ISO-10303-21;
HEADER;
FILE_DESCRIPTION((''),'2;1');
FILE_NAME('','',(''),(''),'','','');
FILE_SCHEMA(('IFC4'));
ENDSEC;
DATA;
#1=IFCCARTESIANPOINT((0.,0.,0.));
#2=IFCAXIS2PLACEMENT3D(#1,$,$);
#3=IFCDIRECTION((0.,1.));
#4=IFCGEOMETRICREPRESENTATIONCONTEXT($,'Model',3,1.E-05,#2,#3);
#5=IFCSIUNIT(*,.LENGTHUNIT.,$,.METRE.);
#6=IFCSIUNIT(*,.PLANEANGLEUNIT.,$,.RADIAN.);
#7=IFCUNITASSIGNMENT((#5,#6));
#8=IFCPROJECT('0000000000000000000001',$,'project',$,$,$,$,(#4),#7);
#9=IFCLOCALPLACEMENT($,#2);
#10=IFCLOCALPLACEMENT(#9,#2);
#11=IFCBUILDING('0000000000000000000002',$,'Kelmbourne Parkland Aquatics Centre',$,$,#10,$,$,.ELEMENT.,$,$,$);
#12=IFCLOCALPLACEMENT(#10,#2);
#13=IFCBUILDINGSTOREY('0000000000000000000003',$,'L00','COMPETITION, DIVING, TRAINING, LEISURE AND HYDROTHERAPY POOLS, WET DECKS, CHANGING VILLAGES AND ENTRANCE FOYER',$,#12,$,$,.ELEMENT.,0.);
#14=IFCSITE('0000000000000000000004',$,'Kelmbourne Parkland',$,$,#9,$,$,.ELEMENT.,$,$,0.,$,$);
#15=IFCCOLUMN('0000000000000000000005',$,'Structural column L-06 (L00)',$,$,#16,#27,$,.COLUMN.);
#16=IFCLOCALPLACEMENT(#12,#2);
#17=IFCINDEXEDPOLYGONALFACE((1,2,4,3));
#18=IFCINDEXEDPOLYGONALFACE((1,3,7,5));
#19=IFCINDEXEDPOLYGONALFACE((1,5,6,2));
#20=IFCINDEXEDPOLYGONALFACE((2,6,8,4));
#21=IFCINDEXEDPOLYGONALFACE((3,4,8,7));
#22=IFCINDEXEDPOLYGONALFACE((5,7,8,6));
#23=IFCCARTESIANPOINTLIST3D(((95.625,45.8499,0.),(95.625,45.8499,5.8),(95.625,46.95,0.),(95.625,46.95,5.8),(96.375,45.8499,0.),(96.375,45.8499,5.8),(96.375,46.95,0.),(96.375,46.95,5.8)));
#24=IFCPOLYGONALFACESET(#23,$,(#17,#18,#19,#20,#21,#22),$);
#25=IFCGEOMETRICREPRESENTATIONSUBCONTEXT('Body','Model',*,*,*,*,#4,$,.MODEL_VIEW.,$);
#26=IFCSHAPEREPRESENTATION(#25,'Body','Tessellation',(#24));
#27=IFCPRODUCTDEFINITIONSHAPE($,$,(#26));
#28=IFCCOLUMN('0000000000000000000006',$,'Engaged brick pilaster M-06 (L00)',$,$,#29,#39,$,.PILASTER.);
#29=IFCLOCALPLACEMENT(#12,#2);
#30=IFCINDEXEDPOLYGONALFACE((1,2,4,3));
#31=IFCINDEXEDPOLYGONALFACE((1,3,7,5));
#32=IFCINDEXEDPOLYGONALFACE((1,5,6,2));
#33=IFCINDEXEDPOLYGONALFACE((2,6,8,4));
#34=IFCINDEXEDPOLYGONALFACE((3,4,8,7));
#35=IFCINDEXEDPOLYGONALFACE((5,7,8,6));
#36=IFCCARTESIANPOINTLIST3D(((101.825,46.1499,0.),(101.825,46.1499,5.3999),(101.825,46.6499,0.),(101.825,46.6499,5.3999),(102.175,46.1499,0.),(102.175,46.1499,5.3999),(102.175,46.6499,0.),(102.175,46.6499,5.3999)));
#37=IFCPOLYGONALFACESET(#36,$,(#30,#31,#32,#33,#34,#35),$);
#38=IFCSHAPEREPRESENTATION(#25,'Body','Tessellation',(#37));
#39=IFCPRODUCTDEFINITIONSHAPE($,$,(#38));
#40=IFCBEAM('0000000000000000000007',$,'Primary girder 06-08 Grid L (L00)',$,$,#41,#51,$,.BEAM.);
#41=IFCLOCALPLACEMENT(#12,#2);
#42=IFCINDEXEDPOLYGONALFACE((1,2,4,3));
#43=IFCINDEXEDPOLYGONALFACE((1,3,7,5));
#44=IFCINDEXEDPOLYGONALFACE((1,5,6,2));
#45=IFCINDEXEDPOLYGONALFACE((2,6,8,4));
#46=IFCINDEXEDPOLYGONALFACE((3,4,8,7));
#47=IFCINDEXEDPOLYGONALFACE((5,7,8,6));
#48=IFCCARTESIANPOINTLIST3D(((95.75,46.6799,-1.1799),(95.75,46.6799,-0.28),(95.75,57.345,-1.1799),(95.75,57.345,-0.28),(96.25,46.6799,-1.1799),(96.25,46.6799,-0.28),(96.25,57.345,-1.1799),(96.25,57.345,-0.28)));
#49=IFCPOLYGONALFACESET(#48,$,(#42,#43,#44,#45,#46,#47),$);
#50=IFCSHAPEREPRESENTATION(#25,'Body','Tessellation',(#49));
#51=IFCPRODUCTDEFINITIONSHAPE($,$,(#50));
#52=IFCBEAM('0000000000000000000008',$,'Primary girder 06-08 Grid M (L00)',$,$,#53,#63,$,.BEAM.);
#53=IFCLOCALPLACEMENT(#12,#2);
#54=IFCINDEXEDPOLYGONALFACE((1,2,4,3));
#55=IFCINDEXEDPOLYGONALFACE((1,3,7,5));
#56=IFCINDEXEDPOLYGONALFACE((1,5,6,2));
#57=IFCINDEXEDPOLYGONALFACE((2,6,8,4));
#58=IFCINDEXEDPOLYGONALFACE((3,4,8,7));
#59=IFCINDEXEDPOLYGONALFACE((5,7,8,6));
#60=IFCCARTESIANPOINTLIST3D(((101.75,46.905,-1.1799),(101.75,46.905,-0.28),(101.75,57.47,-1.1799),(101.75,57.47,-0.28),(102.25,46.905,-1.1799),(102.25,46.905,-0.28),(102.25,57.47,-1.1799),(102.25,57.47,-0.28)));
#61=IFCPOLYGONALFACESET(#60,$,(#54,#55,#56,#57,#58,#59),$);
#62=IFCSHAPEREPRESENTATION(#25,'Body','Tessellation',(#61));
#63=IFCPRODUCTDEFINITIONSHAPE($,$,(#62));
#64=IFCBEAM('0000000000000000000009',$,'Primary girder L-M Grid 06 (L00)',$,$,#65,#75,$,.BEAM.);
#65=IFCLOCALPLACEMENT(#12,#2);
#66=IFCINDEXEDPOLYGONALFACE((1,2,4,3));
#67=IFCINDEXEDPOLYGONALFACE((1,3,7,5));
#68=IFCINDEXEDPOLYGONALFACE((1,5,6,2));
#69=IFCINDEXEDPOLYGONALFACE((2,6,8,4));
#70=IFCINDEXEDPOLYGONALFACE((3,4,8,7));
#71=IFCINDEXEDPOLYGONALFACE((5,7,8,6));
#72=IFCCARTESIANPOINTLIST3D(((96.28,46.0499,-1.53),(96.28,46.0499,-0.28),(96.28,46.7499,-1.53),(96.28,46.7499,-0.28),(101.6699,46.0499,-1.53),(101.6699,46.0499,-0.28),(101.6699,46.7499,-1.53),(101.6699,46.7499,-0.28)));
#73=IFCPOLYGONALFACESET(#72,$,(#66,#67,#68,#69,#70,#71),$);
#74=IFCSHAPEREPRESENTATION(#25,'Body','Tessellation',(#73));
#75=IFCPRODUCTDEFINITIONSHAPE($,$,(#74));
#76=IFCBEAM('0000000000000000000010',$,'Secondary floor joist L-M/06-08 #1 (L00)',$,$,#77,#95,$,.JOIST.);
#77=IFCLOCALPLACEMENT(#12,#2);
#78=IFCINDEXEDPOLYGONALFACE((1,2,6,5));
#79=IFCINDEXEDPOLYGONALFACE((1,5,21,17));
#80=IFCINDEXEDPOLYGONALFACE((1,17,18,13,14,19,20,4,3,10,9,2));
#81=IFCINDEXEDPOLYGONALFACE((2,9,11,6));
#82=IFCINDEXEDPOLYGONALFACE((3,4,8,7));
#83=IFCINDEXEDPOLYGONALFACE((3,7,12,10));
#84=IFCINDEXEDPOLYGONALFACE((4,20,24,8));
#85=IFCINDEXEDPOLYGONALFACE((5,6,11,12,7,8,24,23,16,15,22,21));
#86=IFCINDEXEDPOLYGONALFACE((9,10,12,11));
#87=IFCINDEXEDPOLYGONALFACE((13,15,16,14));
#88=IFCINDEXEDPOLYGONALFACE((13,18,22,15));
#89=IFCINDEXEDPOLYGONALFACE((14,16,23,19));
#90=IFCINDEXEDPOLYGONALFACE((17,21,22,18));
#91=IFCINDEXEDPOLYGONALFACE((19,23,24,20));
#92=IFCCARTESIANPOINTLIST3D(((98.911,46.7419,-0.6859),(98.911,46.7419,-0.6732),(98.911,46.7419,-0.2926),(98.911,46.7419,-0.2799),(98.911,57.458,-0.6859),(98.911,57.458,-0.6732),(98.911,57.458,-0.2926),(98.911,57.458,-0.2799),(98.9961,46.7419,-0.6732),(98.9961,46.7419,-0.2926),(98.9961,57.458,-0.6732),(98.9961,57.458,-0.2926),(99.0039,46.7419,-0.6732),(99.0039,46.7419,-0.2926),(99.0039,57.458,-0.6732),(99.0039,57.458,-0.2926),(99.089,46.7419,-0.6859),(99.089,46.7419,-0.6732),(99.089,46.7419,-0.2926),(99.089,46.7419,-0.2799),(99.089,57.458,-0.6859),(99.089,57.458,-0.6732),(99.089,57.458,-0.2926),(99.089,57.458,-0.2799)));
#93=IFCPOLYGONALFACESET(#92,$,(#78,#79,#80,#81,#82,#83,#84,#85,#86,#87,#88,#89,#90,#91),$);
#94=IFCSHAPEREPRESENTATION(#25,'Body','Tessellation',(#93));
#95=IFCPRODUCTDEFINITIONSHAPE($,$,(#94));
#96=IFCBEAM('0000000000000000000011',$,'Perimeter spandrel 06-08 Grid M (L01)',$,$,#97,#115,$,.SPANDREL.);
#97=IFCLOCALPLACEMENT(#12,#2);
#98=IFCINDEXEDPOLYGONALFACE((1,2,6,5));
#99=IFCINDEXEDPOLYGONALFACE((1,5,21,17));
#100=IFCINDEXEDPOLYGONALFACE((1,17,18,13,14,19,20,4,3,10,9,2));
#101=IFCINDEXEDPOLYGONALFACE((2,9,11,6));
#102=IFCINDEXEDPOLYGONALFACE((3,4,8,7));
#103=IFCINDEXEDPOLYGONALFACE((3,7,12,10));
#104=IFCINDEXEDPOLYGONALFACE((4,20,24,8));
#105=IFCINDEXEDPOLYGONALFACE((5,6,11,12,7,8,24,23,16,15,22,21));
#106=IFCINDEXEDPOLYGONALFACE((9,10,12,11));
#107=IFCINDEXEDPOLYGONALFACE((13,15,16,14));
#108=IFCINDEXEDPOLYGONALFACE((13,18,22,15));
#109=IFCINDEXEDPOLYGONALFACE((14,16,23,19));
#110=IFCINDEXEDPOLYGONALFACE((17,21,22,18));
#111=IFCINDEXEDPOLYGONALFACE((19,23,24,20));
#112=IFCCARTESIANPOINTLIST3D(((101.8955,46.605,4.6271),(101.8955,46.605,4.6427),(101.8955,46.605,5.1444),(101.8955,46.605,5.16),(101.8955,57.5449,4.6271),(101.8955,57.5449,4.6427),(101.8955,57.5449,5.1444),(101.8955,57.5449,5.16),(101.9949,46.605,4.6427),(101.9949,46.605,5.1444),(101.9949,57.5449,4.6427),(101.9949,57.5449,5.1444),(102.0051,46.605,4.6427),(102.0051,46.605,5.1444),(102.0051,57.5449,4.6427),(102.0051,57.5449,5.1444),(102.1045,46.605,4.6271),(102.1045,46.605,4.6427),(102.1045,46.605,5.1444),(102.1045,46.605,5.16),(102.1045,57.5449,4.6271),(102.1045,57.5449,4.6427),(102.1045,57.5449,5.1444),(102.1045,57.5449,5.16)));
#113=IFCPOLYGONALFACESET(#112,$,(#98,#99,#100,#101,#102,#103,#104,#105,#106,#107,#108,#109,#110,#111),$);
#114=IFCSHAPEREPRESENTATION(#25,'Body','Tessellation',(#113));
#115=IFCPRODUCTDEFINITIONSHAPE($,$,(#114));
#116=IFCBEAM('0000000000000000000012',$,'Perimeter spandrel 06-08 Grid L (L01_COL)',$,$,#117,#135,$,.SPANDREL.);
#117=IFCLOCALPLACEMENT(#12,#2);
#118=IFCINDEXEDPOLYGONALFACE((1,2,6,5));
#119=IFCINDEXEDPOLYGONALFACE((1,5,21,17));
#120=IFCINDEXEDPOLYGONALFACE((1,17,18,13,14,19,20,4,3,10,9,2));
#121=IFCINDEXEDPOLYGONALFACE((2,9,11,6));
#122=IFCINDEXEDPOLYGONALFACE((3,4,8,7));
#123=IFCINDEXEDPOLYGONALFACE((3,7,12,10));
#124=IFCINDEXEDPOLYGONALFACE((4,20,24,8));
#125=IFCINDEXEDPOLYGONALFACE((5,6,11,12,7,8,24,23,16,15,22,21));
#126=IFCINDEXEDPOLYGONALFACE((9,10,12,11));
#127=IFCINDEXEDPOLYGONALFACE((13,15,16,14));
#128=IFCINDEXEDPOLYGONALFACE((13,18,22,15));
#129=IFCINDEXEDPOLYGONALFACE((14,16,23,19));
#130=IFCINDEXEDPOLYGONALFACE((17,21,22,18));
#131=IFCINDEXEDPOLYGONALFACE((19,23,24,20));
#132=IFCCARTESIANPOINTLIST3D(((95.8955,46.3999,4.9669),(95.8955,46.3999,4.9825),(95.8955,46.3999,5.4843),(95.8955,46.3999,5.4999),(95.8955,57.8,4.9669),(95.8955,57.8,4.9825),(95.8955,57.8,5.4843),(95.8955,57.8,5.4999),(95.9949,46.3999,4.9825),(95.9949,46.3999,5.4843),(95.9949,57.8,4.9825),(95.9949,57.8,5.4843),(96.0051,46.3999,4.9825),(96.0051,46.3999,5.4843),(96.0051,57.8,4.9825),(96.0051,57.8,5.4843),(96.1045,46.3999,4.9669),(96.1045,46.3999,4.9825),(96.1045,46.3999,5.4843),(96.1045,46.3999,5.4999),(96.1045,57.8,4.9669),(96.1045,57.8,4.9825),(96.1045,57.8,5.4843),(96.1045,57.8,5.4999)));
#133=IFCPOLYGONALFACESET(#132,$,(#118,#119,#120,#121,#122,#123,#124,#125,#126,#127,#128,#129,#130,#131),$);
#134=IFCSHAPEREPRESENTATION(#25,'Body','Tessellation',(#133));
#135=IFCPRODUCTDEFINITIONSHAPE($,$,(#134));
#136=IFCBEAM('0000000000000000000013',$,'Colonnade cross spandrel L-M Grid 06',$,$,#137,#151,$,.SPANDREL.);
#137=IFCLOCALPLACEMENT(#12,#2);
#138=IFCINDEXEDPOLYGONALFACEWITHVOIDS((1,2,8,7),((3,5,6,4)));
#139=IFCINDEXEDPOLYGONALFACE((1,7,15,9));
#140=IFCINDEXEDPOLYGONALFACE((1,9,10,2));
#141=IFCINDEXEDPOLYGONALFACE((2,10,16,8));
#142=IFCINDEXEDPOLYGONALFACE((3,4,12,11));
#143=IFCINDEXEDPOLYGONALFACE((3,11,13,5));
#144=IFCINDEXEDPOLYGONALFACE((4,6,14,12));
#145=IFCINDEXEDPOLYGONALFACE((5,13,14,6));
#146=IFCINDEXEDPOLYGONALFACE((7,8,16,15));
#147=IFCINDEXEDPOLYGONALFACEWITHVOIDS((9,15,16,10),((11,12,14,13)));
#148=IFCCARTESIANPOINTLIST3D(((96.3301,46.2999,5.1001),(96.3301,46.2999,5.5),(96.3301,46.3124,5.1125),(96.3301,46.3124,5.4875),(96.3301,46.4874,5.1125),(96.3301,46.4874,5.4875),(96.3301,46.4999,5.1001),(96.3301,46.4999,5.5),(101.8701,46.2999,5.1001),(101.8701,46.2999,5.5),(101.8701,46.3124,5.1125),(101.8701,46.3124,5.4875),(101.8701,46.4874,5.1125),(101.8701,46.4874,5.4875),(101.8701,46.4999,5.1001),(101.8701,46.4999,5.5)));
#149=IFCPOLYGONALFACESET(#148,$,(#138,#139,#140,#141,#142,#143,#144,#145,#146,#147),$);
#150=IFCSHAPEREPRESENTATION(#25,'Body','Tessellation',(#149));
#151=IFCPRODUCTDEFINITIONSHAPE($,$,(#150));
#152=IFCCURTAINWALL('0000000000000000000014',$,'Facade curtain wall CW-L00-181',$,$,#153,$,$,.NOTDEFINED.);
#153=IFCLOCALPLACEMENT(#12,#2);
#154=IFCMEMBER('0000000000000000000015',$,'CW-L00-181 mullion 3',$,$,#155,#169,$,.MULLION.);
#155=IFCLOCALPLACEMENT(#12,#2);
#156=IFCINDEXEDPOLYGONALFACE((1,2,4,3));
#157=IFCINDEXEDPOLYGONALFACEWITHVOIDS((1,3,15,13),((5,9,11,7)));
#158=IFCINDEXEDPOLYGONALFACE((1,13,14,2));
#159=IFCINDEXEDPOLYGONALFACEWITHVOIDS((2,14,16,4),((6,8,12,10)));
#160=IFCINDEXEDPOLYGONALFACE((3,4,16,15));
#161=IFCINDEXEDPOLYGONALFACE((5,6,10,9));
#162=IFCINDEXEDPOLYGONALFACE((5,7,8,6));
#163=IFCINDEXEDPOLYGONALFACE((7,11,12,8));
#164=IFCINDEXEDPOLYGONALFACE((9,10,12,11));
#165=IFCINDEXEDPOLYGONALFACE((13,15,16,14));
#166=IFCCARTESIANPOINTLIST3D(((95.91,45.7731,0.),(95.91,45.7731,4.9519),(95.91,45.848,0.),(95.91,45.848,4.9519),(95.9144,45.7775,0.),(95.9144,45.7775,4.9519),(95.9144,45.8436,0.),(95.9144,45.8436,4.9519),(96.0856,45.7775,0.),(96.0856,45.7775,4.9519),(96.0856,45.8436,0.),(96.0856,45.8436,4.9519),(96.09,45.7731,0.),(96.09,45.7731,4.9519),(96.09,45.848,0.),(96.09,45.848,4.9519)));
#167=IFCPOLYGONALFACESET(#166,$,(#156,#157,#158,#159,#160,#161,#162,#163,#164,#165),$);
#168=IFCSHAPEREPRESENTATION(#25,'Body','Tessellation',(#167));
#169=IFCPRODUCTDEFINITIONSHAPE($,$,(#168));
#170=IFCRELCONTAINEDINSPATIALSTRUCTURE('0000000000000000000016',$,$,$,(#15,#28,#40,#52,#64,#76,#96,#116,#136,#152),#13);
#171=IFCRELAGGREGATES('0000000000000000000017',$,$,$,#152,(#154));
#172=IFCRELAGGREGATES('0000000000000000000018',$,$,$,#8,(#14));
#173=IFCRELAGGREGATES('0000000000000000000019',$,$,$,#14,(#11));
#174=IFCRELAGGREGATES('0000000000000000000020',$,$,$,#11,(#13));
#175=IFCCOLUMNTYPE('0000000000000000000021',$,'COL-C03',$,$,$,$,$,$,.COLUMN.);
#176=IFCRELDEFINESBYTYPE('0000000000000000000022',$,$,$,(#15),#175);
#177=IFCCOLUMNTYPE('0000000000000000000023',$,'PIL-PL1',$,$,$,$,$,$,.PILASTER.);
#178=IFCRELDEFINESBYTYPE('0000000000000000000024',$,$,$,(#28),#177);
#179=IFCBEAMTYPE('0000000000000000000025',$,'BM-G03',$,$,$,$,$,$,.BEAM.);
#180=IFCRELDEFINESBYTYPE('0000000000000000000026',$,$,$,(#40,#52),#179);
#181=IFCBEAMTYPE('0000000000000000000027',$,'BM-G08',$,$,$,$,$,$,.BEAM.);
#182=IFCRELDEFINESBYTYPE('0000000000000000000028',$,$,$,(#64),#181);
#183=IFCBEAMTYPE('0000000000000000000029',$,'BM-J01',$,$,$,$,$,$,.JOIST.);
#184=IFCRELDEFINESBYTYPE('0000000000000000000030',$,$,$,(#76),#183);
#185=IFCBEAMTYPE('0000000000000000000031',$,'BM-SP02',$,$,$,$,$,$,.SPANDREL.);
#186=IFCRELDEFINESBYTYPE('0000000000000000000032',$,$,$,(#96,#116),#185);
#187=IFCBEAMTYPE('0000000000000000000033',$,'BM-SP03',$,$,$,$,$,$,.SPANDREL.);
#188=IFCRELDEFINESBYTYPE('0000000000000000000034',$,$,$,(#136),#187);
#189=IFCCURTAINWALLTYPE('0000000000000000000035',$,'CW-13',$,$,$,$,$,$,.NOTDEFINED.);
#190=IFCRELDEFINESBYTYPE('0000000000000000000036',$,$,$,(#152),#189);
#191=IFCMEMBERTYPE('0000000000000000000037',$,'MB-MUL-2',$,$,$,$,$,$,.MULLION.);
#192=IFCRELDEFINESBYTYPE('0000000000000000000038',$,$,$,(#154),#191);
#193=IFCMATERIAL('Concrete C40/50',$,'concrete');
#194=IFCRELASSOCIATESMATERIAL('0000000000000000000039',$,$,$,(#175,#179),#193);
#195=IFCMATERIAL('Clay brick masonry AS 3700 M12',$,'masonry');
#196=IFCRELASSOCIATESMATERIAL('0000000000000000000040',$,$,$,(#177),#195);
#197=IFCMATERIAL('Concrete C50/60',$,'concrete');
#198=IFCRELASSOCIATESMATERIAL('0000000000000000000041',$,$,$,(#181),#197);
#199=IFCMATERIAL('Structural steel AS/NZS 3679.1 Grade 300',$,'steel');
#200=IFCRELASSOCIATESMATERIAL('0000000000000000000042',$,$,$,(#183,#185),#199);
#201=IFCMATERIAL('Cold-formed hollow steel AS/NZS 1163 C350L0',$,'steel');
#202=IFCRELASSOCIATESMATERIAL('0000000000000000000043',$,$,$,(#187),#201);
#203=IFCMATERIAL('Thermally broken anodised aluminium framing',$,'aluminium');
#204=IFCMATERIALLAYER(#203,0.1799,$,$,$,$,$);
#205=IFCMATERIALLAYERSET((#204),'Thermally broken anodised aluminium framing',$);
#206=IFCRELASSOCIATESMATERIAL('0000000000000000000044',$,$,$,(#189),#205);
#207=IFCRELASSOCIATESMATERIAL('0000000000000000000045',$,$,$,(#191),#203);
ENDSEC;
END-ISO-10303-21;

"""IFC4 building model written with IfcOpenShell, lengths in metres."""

from ifc_helpers import new_model, si_unit, direction, frame, origin, origin_2d, place, context, subcontext, project, spatial, rectangle, hollow_rectangle, i_section, extrude, material, layer, layer_set, material_profile, profile_set, type_object, element, aggregate, save


model = new_model("IFC4")

# Units and contexts
model_context = context("Model", 3, precision=1e-05, world=origin(), true_north=direction((0.0, 1.0)))
body_context = subcontext(model_context, "Body", "Model", "MODEL_VIEW")
ifc_project = project(units=[si_unit("LENGTHUNIT", "METRE"), si_unit("PLANEANGLEUNIT", "RADIAN")], contexts=[model_context])

# Site, building, storey
site_placement = place(None, origin())
site = spatial("IfcSite", under=ifc_project, at=site_placement, Name="Kelmbourne Parkland", CompositionType="ELEMENT", RefElevation=0.0)
building_placement = place(site_placement, origin())
building = spatial("IfcBuilding", under=site, at=building_placement, Name="Kelmbourne Parkland Aquatics Centre", CompositionType="ELEMENT")
storey_placement = place(building_placement, origin())
storey = spatial("IfcBuildingStorey", under=building, at=storey_placement, Name="L00", Description="COMPETITION, DIVING, TRAINING, LEISURE AND HYDROTHERAPY POOLS, WET DECKS, CHANGING VILLAGES AND ENTRANCE FOYER", CompositionType="ELEMENT", Elevation=0.0)

# Columns
ifc_material_1 = material(Name="Concrete C40/50", Category="concrete")
ifc_material_profile_1 = material_profile(ifc_material_1, rectangle(XDim=0.75, YDim=1.1001, at=origin_2d()), Name="RC 750x1100")
ifc_profile_set_1 = profile_set([ifc_material_profile_1], Name="Concrete C40/50")
column_type_1 = type_object("IfcColumnType", Name="COL-C03", PredefinedType="COLUMN", material=ifc_profile_set_1)
column_1_placement = place(storey_placement, frame((96.0, 46.3999, 0.0), z_axis=(0.0, 0.0, 1.0), x_axis=(1.0, 0.0, 0.0)))
element("IfcColumn", 1, at=column_1_placement, inside=storey, type_object=column_type_1, Name="Structural column L-06 (L00)", PredefinedType="COLUMN", context=body_context, shape_type="SweptSolid", body=[
    extrude(rectangle(XDim=0.75, YDim=1.1001, at=origin_2d()), origin(), (0.0, 0.0, 1.0), 5.8),
])
ifc_material_2 = material(Name="Clay brick masonry AS 3700 M12", Category="masonry")
ifc_material_profile_2 = material_profile(ifc_material_2, rectangle(XDim=0.3501, YDim=0.5, at=origin_2d()), Name="PIL 350x500")
ifc_profile_set_2 = profile_set([ifc_material_profile_2], Name="Clay brick masonry AS 3700 M12")
column_type_2 = type_object("IfcColumnType", Name="PIL-PL1", PredefinedType="PILASTER", material=ifc_profile_set_2)
column_2_placement = place(storey_placement, frame((102.0, 46.3999, 0.0), z_axis=(0.0, 0.0, 1.0), x_axis=(1.0, 0.0, 0.0)))
element("IfcColumn", 2, at=column_2_placement, inside=storey, type_object=column_type_2, Name="Engaged brick pilaster M-06 (L00)", PredefinedType="PILASTER", context=body_context, shape_type="SweptSolid", body=[
    extrude(rectangle(XDim=0.3501, YDim=0.5, at=origin_2d()), origin(), (0.0, 0.0, 1.0), 5.3999),
])

# Beams
ifc_material_profile_3 = material_profile(ifc_material_1, rectangle(XDim=0.5, YDim=0.8999, at=origin_2d()), Name="RC 500x900")
ifc_profile_set_3 = profile_set([ifc_material_profile_3], Name="Concrete C40/50")
beam_type_1 = type_object("IfcBeamType", Name="BM-G03", PredefinedType="BEAM", material=ifc_profile_set_3)
beam_1_placement = place(storey_placement, frame((96.0, 46.6799, -0.73), z_axis=(0.0, 1.0, 0.0), x_axis=(-1.0, 0.0, 0.0)))
element("IfcBeam", 3, at=beam_1_placement, inside=storey, type_object=beam_type_1, Name="Primary girder 06-08 Grid L (L00)", PredefinedType="BEAM", context=body_context, shape_type="SweptSolid", body=[
    extrude(rectangle(XDim=0.5, YDim=0.8999, at=origin_2d()), origin(), (0.0, 0.0, 1.0), 10.665),
])
beam_2_placement = place(storey_placement, frame((102.0, 46.905, -0.73), z_axis=(0.0, 1.0, 0.0), x_axis=(-1.0, 0.0, 0.0)))
element("IfcBeam", 4, at=beam_2_placement, inside=storey, type_object=beam_type_1, Name="Primary girder 06-08 Grid M (L00)", PredefinedType="BEAM", context=body_context, shape_type="SweptSolid", body=[
    extrude(rectangle(XDim=0.5, YDim=0.8999, at=origin_2d()), origin(), (0.0, 0.0, 1.0), 10.5649),
])
ifc_material_3 = material(Name="Concrete C50/60", Category="concrete")
ifc_material_profile_4 = material_profile(ifc_material_3, rectangle(XDim=0.7, YDim=1.25, at=origin_2d()), Name="RC 700x1250")
ifc_profile_set_4 = profile_set([ifc_material_profile_4], Name="Concrete C50/60")
beam_type_2 = type_object("IfcBeamType", Name="BM-G08", PredefinedType="BEAM", material=ifc_profile_set_4)
beam_3_placement = place(storey_placement, frame((96.28, 46.3999, -0.905), z_axis=(1.0, 0.0, 0.0), x_axis=(0.0, 1.0, 0.0)))
element("IfcBeam", 5, at=beam_3_placement, inside=storey, type_object=beam_type_2, Name="Primary girder L-M Grid 06 (L00)", PredefinedType="BEAM", context=body_context, shape_type="SweptSolid", body=[
    extrude(rectangle(XDim=0.7, YDim=1.25, at=origin_2d()), origin(), (0.0, 0.0, 1.0), 5.3899),
])
ifc_material_4 = material(Name="Structural steel AS/NZS 3679.1 Grade 300", Category="steel")
ifc_material_profile_5 = material_profile(ifc_material_4, i_section(OverallWidth=0.178, OverallDepth=0.406, WebThickness=0.0078, FlangeThickness=0.0127, at=origin_2d()), Name="410UB59.7")
ifc_profile_set_5 = profile_set([ifc_material_profile_5], Name="Structural steel AS/NZS 3679.1 Grade 300")
beam_type_3 = type_object("IfcBeamType", Name="BM-J01", PredefinedType="JOIST", material=ifc_profile_set_5)
beam_4_placement = place(storey_placement, frame((99.0, 46.7419, -0.4829), z_axis=(0.0, 1.0, 0.0), x_axis=(-1.0, 0.0, 0.0)))
element("IfcBeam", 6, at=beam_4_placement, inside=storey, type_object=beam_type_3, Name="Secondary floor joist L-M/06-08 #1 (L00)", PredefinedType="JOIST", context=body_context, shape_type="SweptSolid", body=[
    extrude(i_section(OverallWidth=0.178, OverallDepth=0.406, WebThickness=0.0078, FlangeThickness=0.0127, at=origin_2d()), origin(), (0.0, 0.0, 1.0), 10.7161),
])
ifc_material_profile_6 = material_profile(ifc_material_4, i_section(OverallWidth=0.209, OverallDepth=0.533, WebThickness=0.0103, FlangeThickness=0.0156, at=origin_2d()), Name="530UB92.4")
ifc_profile_set_6 = profile_set([ifc_material_profile_6], Name="Structural steel AS/NZS 3679.1 Grade 300")
beam_type_4 = type_object("IfcBeamType", Name="BM-SP02", PredefinedType="SPANDREL", material=ifc_profile_set_6)
beam_5_placement = place(storey_placement, frame((102.0, 46.605, 4.8936), z_axis=(0.0, 1.0, 0.0), x_axis=(-1.0, 0.0, 0.0)))
element("IfcBeam", 7, at=beam_5_placement, inside=storey, type_object=beam_type_4, Name="Perimeter spandrel 06-08 Grid M (L01)", PredefinedType="SPANDREL", context=body_context, shape_type="SweptSolid", body=[
    extrude(i_section(OverallWidth=0.209, OverallDepth=0.533, WebThickness=0.0103, FlangeThickness=0.0156, at=origin_2d()), origin(), (0.0, 0.0, 1.0), 10.9399),
])
beam_6_placement = place(storey_placement, frame((96.0, 46.3999, 5.2334), z_axis=(0.0, 1.0, 0.0), x_axis=(-1.0, 0.0, 0.0)))
element("IfcBeam", 8, at=beam_6_placement, inside=storey, type_object=beam_type_4, Name="Perimeter spandrel 06-08 Grid L (L01_COL)", PredefinedType="SPANDREL", context=body_context, shape_type="SweptSolid", body=[
    extrude(i_section(OverallWidth=0.209, OverallDepth=0.533, WebThickness=0.0103, FlangeThickness=0.0156, at=origin_2d()), origin(), (0.0, 0.0, 1.0), 11.4001),
])
ifc_material_5 = material(Name="Cold-formed hollow steel AS/NZS 1163 C350L0", Category="steel")
ifc_material_profile_7 = material_profile(ifc_material_5, hollow_rectangle(XDim=0.2, YDim=0.3999, WallThickness=0.0125, at=origin_2d()), Name="RHS 400x200x12.5")
ifc_profile_set_7 = profile_set([ifc_material_profile_7], Name="Cold-formed hollow steel AS/NZS 1163 C350L0")
beam_type_5 = type_object("IfcBeamType", Name="BM-SP03", PredefinedType="SPANDREL", material=ifc_profile_set_7)
beam_7_placement = place(storey_placement, frame((96.3301, 46.3999, 5.3), z_axis=(1.0, 0.0, 0.0), x_axis=(0.0, 1.0, 0.0)))
element("IfcBeam", 9, at=beam_7_placement, inside=storey, type_object=beam_type_5, Name="Colonnade cross spandrel L-M Grid 06", PredefinedType="SPANDREL", context=body_context, shape_type="SweptSolid", body=[
    extrude(hollow_rectangle(XDim=0.2, YDim=0.3999, WallThickness=0.0125, at=origin_2d()), origin(), (0.0, 0.0, 1.0), 5.54),
])

# Curtain wall, member
ifc_material_6 = material(Name="Thermally broken anodised aluminium framing", Category="aluminium")
ifc_layer_1 = layer(ifc_material_6, 0.1799)
ifc_layer_set_1 = layer_set([ifc_layer_1], Name="Thermally broken anodised aluminium framing")
curtain_wall_type_1 = type_object("IfcCurtainWallType", Name="CW-13", PredefinedType="NOTDEFINED", material=ifc_layer_set_1)
curtain_wall_1_placement = place(storey_placement, origin())
curtain_wall_1 = element("IfcCurtainWall", 10, at=curtain_wall_1_placement, inside=storey, type_object=curtain_wall_type_1, Name="Facade curtain wall CW-L00-181", PredefinedType="NOTDEFINED")
ifc_material_profile_8 = material_profile(ifc_material_6, hollow_rectangle(XDim=0.075, YDim=0.1799, WallThickness=0.0044, at=origin_2d()), Name="CW-M 75x180")
ifc_profile_set_8 = profile_set([ifc_material_profile_8], Name="Thermally broken anodised aluminium framing")
member_type_1 = type_object("IfcMemberType", Name="MB-MUL-2", PredefinedType="MULLION", material=ifc_profile_set_8)
member_1_placement = place(storey_placement, frame((96.0, 45.8105, 0.0), z_axis=(0.0, 0.0, 1.0), x_axis=(0.0, 1.0, 0.0)))
member_1 = element("IfcMember", 11, at=member_1_placement, type_object=member_type_1, Name="CW-L00-181 mullion 3", PredefinedType="MULLION", context=body_context, shape_type="SweptSolid", body=[
    extrude(hollow_rectangle(XDim=0.075, YDim=0.1799, WallThickness=0.0044, at=origin_2d()), origin(), (0.0, 0.0, 1.0), 4.9519),
])

aggregate(curtain_wall_1, [member_1])

save(model, "model.ifc")
